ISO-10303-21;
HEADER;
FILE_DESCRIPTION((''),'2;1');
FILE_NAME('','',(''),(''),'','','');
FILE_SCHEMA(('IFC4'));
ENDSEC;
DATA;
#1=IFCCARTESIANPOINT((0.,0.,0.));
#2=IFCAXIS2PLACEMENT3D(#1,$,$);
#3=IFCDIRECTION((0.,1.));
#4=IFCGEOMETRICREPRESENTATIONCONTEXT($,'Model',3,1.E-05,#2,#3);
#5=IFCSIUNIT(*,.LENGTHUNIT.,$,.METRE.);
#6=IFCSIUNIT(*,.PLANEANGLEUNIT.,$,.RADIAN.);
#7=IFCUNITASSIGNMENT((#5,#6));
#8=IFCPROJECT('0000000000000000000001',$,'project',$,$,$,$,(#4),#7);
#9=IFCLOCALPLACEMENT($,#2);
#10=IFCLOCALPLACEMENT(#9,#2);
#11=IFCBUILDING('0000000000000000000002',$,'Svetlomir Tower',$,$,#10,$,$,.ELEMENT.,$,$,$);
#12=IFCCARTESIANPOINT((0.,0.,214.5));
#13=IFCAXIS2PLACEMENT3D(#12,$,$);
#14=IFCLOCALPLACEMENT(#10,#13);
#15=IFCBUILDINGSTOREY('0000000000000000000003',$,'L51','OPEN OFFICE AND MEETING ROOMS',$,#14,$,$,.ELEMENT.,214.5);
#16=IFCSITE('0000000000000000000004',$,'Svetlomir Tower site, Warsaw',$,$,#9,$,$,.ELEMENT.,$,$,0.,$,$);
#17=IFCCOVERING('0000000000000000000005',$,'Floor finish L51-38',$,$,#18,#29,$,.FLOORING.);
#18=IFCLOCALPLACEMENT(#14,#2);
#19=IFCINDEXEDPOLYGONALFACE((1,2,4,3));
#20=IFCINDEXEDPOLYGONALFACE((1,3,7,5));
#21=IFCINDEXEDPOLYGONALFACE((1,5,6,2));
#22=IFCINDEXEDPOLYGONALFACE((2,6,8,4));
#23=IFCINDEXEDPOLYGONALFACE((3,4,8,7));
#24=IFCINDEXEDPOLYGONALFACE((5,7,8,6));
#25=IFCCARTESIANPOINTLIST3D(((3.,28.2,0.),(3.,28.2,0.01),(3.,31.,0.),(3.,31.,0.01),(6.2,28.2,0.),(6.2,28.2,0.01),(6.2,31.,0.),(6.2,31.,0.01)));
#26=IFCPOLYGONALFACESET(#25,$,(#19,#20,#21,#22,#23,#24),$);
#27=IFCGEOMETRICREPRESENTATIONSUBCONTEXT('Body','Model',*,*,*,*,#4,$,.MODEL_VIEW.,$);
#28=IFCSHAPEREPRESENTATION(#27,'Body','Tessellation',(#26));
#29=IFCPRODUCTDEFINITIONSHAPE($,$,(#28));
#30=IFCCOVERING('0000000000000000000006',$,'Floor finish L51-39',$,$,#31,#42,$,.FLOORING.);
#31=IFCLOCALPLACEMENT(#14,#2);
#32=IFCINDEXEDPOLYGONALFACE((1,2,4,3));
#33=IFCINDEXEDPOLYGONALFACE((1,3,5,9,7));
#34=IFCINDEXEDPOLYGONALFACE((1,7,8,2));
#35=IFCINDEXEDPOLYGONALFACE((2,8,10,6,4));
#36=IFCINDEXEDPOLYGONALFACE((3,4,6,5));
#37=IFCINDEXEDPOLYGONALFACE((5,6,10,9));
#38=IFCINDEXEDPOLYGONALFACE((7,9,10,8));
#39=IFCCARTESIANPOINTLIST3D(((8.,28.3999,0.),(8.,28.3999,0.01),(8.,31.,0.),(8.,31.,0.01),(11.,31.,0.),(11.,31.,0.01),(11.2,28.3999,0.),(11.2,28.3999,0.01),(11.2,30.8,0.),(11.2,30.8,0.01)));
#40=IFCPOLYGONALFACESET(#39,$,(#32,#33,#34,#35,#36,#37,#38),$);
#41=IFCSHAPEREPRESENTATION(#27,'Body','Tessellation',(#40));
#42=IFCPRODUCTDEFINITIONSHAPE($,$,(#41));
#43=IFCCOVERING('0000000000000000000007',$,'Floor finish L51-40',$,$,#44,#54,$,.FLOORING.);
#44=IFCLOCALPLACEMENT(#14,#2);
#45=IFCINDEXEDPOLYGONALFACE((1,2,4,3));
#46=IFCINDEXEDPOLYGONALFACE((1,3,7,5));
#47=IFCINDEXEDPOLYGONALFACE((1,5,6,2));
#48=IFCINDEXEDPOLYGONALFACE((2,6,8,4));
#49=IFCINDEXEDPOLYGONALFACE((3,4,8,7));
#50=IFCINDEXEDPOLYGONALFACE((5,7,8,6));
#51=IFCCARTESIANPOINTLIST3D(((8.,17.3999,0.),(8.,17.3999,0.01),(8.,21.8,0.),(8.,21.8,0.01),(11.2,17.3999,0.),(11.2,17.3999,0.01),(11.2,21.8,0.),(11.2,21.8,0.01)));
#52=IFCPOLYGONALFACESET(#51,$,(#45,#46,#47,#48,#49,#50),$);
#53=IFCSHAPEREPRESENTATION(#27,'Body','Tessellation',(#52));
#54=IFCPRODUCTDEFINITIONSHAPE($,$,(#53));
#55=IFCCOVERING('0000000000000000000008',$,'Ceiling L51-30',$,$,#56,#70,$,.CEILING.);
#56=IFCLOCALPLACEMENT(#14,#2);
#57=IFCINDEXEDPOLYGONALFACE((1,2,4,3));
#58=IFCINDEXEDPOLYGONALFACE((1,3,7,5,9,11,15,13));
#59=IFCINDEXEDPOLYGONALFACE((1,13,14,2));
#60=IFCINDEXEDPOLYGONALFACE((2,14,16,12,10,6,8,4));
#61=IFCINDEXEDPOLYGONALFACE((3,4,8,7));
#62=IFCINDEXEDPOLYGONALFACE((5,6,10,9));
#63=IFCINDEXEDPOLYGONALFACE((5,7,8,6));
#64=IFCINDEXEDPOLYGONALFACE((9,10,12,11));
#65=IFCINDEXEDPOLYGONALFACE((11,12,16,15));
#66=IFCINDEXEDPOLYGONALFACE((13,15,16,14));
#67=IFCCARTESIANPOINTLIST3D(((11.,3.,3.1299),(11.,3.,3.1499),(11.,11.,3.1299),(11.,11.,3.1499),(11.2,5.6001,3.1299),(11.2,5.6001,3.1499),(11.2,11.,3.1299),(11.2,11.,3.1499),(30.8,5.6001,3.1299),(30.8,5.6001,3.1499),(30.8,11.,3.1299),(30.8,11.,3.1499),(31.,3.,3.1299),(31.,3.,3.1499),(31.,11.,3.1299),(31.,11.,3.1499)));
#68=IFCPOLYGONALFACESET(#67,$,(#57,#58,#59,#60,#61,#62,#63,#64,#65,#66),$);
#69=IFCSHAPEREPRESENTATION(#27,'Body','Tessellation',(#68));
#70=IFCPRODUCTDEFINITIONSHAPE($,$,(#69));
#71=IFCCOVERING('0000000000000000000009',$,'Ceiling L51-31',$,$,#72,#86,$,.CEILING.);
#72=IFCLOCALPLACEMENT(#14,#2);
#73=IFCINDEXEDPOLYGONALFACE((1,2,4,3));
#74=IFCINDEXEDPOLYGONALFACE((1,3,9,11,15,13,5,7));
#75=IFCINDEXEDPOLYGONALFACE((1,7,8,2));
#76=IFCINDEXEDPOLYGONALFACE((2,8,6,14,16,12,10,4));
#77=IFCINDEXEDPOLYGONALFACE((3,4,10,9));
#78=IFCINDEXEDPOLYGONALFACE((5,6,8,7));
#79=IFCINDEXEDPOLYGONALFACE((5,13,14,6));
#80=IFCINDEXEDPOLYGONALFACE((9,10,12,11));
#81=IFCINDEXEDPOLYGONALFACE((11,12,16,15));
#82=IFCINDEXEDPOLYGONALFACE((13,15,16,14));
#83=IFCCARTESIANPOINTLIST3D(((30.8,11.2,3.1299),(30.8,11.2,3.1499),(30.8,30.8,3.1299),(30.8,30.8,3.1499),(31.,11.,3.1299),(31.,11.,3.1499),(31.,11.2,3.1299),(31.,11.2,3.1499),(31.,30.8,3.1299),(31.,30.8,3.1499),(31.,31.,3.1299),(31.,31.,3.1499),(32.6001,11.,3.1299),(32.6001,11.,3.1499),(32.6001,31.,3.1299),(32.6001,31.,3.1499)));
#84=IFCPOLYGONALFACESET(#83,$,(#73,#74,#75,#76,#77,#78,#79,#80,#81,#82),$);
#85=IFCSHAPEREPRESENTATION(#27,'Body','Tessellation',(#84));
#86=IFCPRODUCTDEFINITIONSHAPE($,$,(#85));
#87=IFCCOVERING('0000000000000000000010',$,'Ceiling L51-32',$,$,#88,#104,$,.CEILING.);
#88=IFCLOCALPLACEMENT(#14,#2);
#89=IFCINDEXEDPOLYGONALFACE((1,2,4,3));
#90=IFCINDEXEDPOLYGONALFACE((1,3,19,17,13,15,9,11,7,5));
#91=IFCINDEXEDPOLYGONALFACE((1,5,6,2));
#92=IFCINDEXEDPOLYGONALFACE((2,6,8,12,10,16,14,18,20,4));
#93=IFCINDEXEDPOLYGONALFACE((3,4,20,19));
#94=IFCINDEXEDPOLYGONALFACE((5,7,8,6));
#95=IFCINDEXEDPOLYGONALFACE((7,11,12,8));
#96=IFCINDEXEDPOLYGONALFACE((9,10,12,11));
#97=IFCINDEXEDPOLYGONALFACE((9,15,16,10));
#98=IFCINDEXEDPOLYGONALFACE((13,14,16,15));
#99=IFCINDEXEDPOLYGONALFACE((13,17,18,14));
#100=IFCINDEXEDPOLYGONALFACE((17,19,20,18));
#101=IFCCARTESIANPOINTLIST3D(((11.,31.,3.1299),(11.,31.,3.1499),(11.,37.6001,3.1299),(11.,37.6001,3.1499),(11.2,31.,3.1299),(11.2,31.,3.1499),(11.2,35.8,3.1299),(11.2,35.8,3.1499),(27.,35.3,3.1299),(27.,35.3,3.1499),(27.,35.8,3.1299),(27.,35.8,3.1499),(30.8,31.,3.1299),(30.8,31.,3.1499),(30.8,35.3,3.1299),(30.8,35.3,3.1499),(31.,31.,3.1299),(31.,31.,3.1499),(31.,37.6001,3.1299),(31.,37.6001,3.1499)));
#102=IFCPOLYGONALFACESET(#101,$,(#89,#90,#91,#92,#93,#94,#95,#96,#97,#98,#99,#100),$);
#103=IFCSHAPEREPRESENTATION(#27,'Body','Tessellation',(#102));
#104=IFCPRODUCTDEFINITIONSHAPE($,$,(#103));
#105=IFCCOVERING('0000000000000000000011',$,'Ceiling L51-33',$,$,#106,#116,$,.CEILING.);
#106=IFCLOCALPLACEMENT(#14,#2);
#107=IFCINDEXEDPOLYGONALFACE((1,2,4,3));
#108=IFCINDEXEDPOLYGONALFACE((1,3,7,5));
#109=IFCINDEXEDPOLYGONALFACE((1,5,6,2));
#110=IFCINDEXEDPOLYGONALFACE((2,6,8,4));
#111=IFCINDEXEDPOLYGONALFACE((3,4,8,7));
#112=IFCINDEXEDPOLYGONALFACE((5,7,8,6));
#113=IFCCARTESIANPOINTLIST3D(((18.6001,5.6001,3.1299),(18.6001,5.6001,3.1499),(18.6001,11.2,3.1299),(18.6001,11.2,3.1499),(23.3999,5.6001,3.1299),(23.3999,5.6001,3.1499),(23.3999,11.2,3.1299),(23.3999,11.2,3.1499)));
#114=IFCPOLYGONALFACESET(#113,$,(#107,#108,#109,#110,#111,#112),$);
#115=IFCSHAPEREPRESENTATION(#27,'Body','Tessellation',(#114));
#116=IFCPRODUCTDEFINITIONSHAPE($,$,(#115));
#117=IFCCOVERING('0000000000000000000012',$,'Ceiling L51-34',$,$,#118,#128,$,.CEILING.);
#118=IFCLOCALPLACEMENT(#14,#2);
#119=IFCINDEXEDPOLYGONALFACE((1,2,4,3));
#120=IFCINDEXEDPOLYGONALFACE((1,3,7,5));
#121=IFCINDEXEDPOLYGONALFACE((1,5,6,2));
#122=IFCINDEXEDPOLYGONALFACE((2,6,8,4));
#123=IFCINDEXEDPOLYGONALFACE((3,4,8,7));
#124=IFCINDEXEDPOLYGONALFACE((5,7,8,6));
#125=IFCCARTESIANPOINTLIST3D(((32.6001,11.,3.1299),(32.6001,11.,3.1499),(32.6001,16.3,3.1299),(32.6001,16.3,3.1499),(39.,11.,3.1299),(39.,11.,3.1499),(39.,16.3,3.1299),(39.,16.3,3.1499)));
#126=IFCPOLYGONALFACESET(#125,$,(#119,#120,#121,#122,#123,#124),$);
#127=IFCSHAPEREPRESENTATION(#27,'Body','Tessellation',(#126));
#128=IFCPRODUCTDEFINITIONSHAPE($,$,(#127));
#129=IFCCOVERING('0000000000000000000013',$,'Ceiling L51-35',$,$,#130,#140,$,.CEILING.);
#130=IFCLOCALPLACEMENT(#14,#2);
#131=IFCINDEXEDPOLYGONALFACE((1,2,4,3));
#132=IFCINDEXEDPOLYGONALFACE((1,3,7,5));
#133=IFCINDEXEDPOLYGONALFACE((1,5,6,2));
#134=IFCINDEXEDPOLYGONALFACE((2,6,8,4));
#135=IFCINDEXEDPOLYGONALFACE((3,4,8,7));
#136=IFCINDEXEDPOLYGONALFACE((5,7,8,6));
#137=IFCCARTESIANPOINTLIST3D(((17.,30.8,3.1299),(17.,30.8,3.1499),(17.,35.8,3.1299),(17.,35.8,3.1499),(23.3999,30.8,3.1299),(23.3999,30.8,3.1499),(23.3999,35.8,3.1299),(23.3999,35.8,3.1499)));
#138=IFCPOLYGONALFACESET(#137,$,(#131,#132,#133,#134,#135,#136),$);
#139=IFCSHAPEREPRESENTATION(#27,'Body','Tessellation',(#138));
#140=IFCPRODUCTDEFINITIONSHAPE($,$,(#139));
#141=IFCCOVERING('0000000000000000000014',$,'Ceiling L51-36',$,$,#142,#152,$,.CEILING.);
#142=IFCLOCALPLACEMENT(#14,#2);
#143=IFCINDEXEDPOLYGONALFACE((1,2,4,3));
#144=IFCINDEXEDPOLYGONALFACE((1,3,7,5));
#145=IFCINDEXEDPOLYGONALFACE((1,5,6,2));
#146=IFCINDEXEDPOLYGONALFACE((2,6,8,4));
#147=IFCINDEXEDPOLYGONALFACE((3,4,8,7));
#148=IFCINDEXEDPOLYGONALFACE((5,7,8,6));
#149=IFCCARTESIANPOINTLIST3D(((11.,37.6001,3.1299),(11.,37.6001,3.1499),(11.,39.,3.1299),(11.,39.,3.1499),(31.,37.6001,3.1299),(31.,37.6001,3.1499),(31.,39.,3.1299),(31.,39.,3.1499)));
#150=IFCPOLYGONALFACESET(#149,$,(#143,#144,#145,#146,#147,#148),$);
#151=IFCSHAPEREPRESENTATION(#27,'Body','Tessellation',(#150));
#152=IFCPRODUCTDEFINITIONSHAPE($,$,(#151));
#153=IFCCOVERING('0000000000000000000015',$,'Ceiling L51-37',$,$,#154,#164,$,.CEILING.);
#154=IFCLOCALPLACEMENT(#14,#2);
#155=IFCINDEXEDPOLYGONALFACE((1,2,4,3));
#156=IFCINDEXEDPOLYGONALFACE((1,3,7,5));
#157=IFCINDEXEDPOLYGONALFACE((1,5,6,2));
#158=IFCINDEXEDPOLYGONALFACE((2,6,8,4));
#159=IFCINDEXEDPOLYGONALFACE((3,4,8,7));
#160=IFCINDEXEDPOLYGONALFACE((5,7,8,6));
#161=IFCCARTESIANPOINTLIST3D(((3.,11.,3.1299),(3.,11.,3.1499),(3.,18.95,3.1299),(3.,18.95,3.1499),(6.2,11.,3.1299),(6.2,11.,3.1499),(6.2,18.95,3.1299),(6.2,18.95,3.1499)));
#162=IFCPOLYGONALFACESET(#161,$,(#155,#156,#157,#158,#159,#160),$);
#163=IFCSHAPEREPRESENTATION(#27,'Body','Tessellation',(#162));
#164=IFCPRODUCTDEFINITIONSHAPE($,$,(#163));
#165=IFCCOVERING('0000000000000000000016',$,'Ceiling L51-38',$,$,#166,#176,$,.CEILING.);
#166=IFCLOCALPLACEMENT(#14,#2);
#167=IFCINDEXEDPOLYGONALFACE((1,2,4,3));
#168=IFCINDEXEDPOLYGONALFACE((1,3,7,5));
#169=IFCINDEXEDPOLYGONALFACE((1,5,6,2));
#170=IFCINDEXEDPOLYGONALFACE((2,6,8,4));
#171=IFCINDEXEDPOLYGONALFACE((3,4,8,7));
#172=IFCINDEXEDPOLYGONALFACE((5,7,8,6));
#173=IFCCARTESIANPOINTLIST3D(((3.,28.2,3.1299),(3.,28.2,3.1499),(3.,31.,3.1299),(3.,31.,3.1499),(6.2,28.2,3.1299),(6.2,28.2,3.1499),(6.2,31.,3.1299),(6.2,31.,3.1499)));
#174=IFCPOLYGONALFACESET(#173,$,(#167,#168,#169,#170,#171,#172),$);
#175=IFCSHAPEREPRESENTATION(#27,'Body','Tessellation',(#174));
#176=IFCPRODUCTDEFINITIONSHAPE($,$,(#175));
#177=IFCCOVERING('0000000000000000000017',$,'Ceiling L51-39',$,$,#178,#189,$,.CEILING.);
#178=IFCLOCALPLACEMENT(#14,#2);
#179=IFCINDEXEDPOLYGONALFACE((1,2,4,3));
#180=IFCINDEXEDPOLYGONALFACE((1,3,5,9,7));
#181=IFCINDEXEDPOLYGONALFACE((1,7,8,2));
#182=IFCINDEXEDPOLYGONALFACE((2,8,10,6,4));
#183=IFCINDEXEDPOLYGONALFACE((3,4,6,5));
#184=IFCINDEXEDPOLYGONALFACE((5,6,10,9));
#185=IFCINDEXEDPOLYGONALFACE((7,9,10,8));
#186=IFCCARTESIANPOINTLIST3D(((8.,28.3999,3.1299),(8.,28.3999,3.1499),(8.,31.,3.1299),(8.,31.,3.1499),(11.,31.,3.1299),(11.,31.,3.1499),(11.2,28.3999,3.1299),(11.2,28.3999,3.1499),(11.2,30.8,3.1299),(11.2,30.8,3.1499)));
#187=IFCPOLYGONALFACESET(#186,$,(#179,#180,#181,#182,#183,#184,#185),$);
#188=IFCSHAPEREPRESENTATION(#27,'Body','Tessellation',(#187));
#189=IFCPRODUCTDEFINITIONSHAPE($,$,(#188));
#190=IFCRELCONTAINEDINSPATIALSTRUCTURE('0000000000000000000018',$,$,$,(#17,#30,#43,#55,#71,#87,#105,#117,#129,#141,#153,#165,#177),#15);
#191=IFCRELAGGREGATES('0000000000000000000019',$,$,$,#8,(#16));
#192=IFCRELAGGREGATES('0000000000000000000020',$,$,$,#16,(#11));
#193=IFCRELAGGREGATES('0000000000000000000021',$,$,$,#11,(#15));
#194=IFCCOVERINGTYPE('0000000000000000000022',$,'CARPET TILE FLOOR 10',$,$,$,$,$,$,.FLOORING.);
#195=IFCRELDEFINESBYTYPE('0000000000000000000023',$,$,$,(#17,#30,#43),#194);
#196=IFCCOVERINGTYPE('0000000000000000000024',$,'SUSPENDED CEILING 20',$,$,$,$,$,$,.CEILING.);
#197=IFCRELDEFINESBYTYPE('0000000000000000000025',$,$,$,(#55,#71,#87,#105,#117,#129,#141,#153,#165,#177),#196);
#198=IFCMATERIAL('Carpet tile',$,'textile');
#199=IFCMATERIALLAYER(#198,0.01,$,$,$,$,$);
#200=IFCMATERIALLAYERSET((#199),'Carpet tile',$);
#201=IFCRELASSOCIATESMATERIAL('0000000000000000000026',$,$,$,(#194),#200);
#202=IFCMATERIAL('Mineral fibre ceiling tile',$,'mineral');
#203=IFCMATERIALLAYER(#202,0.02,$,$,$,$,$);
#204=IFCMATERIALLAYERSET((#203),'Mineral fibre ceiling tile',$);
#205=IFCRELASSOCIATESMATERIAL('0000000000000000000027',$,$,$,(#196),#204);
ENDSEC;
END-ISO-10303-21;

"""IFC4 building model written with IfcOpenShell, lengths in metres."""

from ifc_helpers import new_model, si_unit, direction, frame, origin, place, context, subcontext, project, spatial, polyline, outline, extrude, material, layer, layer_set, type_object, element, save


model = new_model("IFC4")

# Units and contexts
model_context = context("Model", 3, precision=1e-05, world=origin(), true_north=direction((0.0, 1.0)))
body_context = subcontext(model_context, "Body", "Model", "MODEL_VIEW")
ifc_project = project(units=[si_unit("LENGTHUNIT", "METRE"), si_unit("PLANEANGLEUNIT", "RADIAN")], contexts=[model_context])

# Site, building, storey
site_placement = place(None, origin())
site = spatial("IfcSite", under=ifc_project, at=site_placement, Name="Svetlomir Tower site, Warsaw", CompositionType="ELEMENT", RefElevation=0.0)
building_placement = place(site_placement, origin())
building = spatial("IfcBuilding", under=site, at=building_placement, Name="Svetlomir Tower", CompositionType="ELEMENT")
storey_placement = place(building_placement, frame((0.0, 0.0, 214.5)))
storey = spatial("IfcBuildingStorey", under=building, at=storey_placement, Name="L51", Description="OPEN OFFICE AND MEETING ROOMS", CompositionType="ELEMENT", Elevation=214.5)

# Coverings
ifc_material_1 = material(Name="Carpet tile", Category="textile")
ifc_layer_1 = layer(ifc_material_1, 0.01)
ifc_layer_set_1 = layer_set([ifc_layer_1], Name="Carpet tile")
covering_type_1 = type_object("IfcCoveringType", Name="CARPET TILE FLOOR 10", PredefinedType="FLOORING", material=ifc_layer_set_1)
covering_1_placement = place(storey_placement, origin())
element("IfcCovering", 1, at=covering_1_placement, inside=storey, type_object=covering_type_1, Name="Floor finish L51-38", PredefinedType="FLOORING", context=body_context, shape_type="SweptSolid", body=[
    extrude(outline(polyline([(3.0, 31.0), (6.2, 31.0), (6.2, 28.2), (3.0, 28.2), (3.0, 31.0)])), origin(), (0.0, 0.0, 1.0), 0.01),
])
covering_2_placement = place(storey_placement, origin())
element("IfcCovering", 2, at=covering_2_placement, inside=storey, type_object=covering_type_1, Name="Floor finish L51-39", PredefinedType="FLOORING", context=body_context, shape_type="SweptSolid", body=[
    extrude(outline(polyline([(11.2, 28.3999), (8.0, 28.3999), (8.0, 31.0), (11.0, 31.0), (11.2, 30.8), (11.2, 28.3999)])), origin(), (0.0, 0.0, 1.0), 0.01),
])
covering_3_placement = place(storey_placement, origin())
element("IfcCovering", 3, at=covering_3_placement, inside=storey, type_object=covering_type_1, Name="Floor finish L51-40", PredefinedType="FLOORING", context=body_context, shape_type="SweptSolid", body=[
    extrude(outline(polyline([(8.0, 17.3999), (8.0, 21.8), (11.2, 21.8), (11.2, 17.3999), (8.0, 17.3999)])), origin(), (0.0, 0.0, 1.0), 0.01),
])
ifc_material_2 = material(Name="Mineral fibre ceiling tile", Category="mineral")
ifc_layer_2 = layer(ifc_material_2, 0.02)
ifc_layer_set_2 = layer_set([ifc_layer_2], Name="Mineral fibre ceiling tile")
covering_type_2 = type_object("IfcCoveringType", Name="SUSPENDED CEILING 20", PredefinedType="CEILING", material=ifc_layer_set_2)
covering_4_placement = place(storey_placement, frame((0.0, 0.0, 3.1299)))
element("IfcCovering", 4, at=covering_4_placement, inside=storey, type_object=covering_type_2, Name="Ceiling L51-30", PredefinedType="CEILING", context=body_context, shape_type="SweptSolid", body=[
    extrude(outline(polyline([(11.2, 5.6001), (30.8, 5.6001), (30.8, 11.0), (31.0, 11.0), (31.0, 3.0), (11.0, 3.0), (11.0, 11.0), (11.2, 11.0), (11.2, 5.6001)])), origin(), (0.0, 0.0, 1.0), 0.02),
])
covering_5_placement = place(storey_placement, frame((0.0, 0.0, 3.1299)))
element("IfcCovering", 5, at=covering_5_placement, inside=storey, type_object=covering_type_2, Name="Ceiling L51-31", PredefinedType="CEILING", context=body_context, shape_type="SweptSolid", body=[
    extrude(outline(polyline([(30.8, 11.2), (30.8, 30.8), (31.0, 30.8), (31.0, 31.0), (32.6001, 31.0), (32.6001, 11.0), (31.0, 11.0), (31.0, 11.2), (30.8, 11.2)])), origin(), (0.0, 0.0, 1.0), 0.02),
])
covering_6_placement = place(storey_placement, frame((0.0, 0.0, 3.1299)))
element("IfcCovering", 6, at=covering_6_placement, inside=storey, type_object=covering_type_2, Name="Ceiling L51-32", PredefinedType="CEILING", context=body_context, shape_type="SweptSolid", body=[
    extrude(outline(polyline([(30.8, 35.3), (27.0, 35.3), (27.0, 35.8), (11.2, 35.8), (11.2, 31.0), (11.0, 31.0), (11.0, 37.6001), (31.0, 37.6001), (31.0, 31.0), (30.8, 31.0), (30.8, 35.3)])), origin(), (0.0, 0.0, 1.0), 0.02),
])
covering_7_placement = place(storey_placement, frame((0.0, 0.0, 3.1299)))
element("IfcCovering", 7, at=covering_7_placement, inside=storey, type_object=covering_type_2, Name="Ceiling L51-33", PredefinedType="CEILING", context=body_context, shape_type="SweptSolid", body=[
    extrude(outline(polyline([(23.3999, 11.2), (23.3999, 5.6001), (18.6001, 5.6001), (18.6001, 11.2), (23.3999, 11.2)])), origin(), (0.0, 0.0, 1.0), 0.02),
])
covering_8_placement = place(storey_placement, frame((0.0, 0.0, 3.1299)))
element("IfcCovering", 8, at=covering_8_placement, inside=storey, type_object=covering_type_2, Name="Ceiling L51-34", PredefinedType="CEILING", context=body_context, shape_type="SweptSolid", body=[
    extrude(outline(polyline([(32.6001, 16.3), (39.0, 16.3), (39.0, 11.0), (32.6001, 11.0), (32.6001, 16.3)])), origin(), (0.0, 0.0, 1.0), 0.02),
])
covering_9_placement = place(storey_placement, frame((0.0, 0.0, 3.1299)))
element("IfcCovering", 9, at=covering_9_placement, inside=storey, type_object=covering_type_2, Name="Ceiling L51-35", PredefinedType="CEILING", context=body_context, shape_type="SweptSolid", body=[
    extrude(outline(polyline([(17.0, 30.8), (17.0, 35.8), (23.3999, 35.8), (23.3999, 30.8), (17.0, 30.8)])), origin(), (0.0, 0.0, 1.0), 0.02),
])
covering_10_placement = place(storey_placement, frame((0.0, 0.0, 3.1299)))
element("IfcCovering", 10, at=covering_10_placement, inside=storey, type_object=covering_type_2, Name="Ceiling L51-36", PredefinedType="CEILING", context=body_context, shape_type="SweptSolid", body=[
    extrude(outline(polyline([(31.0, 39.0), (31.0, 37.6001), (11.0, 37.6001), (11.0, 39.0), (31.0, 39.0)])), origin(), (0.0, 0.0, 1.0), 0.02),
])
covering_11_placement = place(storey_placement, frame((0.0, 0.0, 3.1299)))
element("IfcCovering", 11, at=covering_11_placement, inside=storey, type_object=covering_type_2, Name="Ceiling L51-37", PredefinedType="CEILING", context=body_context, shape_type="SweptSolid", body=[
    extrude(outline(polyline([(3.0, 18.95), (6.2, 18.95), (6.2, 11.0), (3.0, 11.0), (3.0, 18.95)])), origin(), (0.0, 0.0, 1.0), 0.02),
])
covering_12_placement = place(storey_placement, frame((0.0, 0.0, 3.1299)))
element("IfcCovering", 12, at=covering_12_placement, inside=storey, type_object=covering_type_2, Name="Ceiling L51-38", PredefinedType="CEILING", context=body_context, shape_type="SweptSolid", body=[
    extrude(outline(polyline([(3.0, 31.0), (6.2, 31.0), (6.2, 28.2), (3.0, 28.2), (3.0, 31.0)])), origin(), (0.0, 0.0, 1.0), 0.02),
])
covering_13_placement = place(storey_placement, frame((0.0, 0.0, 3.1299)))
element("IfcCovering", 13, at=covering_13_placement, inside=storey, type_object=covering_type_2, Name="Ceiling L51-39", PredefinedType="CEILING", context=body_context, shape_type="SweptSolid", body=[
    extrude(outline(polyline([(11.2, 28.3999), (8.0, 28.3999), (8.0, 31.0), (11.0, 31.0), (11.2, 30.8), (11.2, 28.3999)])), origin(), (0.0, 0.0, 1.0), 0.02),
])

save(model, "model.ifc")
